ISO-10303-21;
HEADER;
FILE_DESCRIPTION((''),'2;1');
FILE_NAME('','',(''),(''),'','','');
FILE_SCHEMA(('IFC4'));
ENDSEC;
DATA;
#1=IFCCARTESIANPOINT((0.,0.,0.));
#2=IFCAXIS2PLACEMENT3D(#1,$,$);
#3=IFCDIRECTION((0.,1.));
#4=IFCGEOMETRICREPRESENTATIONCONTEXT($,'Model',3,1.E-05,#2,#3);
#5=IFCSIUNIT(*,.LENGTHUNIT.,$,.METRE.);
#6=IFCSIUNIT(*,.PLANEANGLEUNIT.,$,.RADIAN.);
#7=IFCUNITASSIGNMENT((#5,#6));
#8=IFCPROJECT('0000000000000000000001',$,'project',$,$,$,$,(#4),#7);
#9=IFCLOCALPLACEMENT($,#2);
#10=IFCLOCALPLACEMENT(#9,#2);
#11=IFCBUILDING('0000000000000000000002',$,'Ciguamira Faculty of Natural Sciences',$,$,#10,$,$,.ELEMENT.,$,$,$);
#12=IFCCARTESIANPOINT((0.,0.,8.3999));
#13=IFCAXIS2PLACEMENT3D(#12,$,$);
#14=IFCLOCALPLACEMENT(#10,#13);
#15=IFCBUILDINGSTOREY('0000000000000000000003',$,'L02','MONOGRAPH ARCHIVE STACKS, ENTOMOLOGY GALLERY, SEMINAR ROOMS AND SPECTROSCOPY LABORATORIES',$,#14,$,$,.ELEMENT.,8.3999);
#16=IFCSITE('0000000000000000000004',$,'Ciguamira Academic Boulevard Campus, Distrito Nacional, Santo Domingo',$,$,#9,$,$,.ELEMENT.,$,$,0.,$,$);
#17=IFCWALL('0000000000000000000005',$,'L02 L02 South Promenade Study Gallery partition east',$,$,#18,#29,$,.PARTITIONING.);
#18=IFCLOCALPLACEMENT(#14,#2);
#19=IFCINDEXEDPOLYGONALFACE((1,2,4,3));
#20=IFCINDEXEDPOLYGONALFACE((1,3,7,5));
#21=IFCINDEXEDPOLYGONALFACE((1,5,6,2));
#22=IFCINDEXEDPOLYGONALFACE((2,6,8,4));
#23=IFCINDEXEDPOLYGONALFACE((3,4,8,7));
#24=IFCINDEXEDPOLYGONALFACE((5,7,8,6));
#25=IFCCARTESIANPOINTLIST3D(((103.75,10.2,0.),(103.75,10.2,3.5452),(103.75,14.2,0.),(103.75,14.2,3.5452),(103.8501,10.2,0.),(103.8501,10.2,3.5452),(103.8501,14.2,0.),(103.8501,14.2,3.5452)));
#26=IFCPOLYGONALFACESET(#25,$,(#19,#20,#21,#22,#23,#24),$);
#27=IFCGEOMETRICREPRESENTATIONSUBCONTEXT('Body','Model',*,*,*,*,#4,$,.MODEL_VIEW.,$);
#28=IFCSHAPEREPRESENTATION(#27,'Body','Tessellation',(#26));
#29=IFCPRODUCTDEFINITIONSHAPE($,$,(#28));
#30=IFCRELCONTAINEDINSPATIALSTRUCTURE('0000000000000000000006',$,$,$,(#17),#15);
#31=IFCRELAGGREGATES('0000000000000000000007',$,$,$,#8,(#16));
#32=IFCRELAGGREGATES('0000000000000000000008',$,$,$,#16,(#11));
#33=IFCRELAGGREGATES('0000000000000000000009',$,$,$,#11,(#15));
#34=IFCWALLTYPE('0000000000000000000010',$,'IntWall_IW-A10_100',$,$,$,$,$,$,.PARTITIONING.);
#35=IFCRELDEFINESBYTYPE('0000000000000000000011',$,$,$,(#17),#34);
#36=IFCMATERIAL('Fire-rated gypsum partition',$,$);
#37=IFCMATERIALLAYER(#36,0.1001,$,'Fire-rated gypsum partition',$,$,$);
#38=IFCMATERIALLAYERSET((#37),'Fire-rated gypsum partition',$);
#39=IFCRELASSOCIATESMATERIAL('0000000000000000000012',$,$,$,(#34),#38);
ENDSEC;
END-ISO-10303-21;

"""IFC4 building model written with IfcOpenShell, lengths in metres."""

from ifc_helpers import new_model, si_unit, direction, frame, frame_2d, origin, place, context, subcontext, project, spatial, rectangle, extrude, material, layer, layer_set, type_object, element, save


model = new_model("IFC4")

# Units and contexts
model_context = context("Model", 3, precision=1e-05, world=origin(), true_north=direction((0.0, 1.0)))
body_context = subcontext(model_context, "Body", "Model", "MODEL_VIEW")
ifc_project = project(units=[si_unit("LENGTHUNIT", "METRE"), si_unit("PLANEANGLEUNIT", "RADIAN")], contexts=[model_context])

# Site, building, storey
site_placement = place(None, origin())
site = spatial("IfcSite", under=ifc_project, at=site_placement, Name="Ciguamira Academic Boulevard Campus, Distrito Nacional, Santo Domingo", CompositionType="ELEMENT", RefElevation=0.0)
building_placement = place(site_placement, origin())
building = spatial("IfcBuilding", under=site, at=building_placement, Name="Ciguamira Faculty of Natural Sciences", CompositionType="ELEMENT")
storey_placement = place(building_placement, frame((0.0, 0.0, 8.3999)))
storey = spatial("IfcBuildingStorey", under=building, at=storey_placement, Name="L02", Description="MONOGRAPH ARCHIVE STACKS, ENTOMOLOGY GALLERY, SEMINAR ROOMS AND SPECTROSCOPY LABORATORIES", CompositionType="ELEMENT", Elevation=8.3999)

# Wall
ifc_material_1 = material(Name="Fire-rated gypsum partition")
ifc_layer_1 = layer(ifc_material_1, 0.1001, Name="Fire-rated gypsum partition")
ifc_layer_set_1 = layer_set([ifc_layer_1], Name="Fire-rated gypsum partition")
wall_type_1 = type_object("IfcWallType", Name="IntWall_IW-A10_100", PredefinedType="PARTITIONING", material=ifc_layer_set_1)
wall_1_placement = place(storey_placement, frame((103.8, 10.2, 0.0), z_axis=(0.0, 0.0, 1.0), x_axis=(0.0, 1.0, 0.0)))
element("IfcWall", 1, at=wall_1_placement, inside=storey, type_object=wall_type_1, Name="L02 L02 South Promenade Study Gallery partition east", PredefinedType="PARTITIONING", context=body_context, shape_type="SweptSolid", body=[
    extrude(rectangle(XDim=4.0, YDim=0.1001, at=frame_2d((2.0, 0.0))), origin(), (0.0, 0.0, 1.0), 3.5452),
])

save(model, "model.ifc")
